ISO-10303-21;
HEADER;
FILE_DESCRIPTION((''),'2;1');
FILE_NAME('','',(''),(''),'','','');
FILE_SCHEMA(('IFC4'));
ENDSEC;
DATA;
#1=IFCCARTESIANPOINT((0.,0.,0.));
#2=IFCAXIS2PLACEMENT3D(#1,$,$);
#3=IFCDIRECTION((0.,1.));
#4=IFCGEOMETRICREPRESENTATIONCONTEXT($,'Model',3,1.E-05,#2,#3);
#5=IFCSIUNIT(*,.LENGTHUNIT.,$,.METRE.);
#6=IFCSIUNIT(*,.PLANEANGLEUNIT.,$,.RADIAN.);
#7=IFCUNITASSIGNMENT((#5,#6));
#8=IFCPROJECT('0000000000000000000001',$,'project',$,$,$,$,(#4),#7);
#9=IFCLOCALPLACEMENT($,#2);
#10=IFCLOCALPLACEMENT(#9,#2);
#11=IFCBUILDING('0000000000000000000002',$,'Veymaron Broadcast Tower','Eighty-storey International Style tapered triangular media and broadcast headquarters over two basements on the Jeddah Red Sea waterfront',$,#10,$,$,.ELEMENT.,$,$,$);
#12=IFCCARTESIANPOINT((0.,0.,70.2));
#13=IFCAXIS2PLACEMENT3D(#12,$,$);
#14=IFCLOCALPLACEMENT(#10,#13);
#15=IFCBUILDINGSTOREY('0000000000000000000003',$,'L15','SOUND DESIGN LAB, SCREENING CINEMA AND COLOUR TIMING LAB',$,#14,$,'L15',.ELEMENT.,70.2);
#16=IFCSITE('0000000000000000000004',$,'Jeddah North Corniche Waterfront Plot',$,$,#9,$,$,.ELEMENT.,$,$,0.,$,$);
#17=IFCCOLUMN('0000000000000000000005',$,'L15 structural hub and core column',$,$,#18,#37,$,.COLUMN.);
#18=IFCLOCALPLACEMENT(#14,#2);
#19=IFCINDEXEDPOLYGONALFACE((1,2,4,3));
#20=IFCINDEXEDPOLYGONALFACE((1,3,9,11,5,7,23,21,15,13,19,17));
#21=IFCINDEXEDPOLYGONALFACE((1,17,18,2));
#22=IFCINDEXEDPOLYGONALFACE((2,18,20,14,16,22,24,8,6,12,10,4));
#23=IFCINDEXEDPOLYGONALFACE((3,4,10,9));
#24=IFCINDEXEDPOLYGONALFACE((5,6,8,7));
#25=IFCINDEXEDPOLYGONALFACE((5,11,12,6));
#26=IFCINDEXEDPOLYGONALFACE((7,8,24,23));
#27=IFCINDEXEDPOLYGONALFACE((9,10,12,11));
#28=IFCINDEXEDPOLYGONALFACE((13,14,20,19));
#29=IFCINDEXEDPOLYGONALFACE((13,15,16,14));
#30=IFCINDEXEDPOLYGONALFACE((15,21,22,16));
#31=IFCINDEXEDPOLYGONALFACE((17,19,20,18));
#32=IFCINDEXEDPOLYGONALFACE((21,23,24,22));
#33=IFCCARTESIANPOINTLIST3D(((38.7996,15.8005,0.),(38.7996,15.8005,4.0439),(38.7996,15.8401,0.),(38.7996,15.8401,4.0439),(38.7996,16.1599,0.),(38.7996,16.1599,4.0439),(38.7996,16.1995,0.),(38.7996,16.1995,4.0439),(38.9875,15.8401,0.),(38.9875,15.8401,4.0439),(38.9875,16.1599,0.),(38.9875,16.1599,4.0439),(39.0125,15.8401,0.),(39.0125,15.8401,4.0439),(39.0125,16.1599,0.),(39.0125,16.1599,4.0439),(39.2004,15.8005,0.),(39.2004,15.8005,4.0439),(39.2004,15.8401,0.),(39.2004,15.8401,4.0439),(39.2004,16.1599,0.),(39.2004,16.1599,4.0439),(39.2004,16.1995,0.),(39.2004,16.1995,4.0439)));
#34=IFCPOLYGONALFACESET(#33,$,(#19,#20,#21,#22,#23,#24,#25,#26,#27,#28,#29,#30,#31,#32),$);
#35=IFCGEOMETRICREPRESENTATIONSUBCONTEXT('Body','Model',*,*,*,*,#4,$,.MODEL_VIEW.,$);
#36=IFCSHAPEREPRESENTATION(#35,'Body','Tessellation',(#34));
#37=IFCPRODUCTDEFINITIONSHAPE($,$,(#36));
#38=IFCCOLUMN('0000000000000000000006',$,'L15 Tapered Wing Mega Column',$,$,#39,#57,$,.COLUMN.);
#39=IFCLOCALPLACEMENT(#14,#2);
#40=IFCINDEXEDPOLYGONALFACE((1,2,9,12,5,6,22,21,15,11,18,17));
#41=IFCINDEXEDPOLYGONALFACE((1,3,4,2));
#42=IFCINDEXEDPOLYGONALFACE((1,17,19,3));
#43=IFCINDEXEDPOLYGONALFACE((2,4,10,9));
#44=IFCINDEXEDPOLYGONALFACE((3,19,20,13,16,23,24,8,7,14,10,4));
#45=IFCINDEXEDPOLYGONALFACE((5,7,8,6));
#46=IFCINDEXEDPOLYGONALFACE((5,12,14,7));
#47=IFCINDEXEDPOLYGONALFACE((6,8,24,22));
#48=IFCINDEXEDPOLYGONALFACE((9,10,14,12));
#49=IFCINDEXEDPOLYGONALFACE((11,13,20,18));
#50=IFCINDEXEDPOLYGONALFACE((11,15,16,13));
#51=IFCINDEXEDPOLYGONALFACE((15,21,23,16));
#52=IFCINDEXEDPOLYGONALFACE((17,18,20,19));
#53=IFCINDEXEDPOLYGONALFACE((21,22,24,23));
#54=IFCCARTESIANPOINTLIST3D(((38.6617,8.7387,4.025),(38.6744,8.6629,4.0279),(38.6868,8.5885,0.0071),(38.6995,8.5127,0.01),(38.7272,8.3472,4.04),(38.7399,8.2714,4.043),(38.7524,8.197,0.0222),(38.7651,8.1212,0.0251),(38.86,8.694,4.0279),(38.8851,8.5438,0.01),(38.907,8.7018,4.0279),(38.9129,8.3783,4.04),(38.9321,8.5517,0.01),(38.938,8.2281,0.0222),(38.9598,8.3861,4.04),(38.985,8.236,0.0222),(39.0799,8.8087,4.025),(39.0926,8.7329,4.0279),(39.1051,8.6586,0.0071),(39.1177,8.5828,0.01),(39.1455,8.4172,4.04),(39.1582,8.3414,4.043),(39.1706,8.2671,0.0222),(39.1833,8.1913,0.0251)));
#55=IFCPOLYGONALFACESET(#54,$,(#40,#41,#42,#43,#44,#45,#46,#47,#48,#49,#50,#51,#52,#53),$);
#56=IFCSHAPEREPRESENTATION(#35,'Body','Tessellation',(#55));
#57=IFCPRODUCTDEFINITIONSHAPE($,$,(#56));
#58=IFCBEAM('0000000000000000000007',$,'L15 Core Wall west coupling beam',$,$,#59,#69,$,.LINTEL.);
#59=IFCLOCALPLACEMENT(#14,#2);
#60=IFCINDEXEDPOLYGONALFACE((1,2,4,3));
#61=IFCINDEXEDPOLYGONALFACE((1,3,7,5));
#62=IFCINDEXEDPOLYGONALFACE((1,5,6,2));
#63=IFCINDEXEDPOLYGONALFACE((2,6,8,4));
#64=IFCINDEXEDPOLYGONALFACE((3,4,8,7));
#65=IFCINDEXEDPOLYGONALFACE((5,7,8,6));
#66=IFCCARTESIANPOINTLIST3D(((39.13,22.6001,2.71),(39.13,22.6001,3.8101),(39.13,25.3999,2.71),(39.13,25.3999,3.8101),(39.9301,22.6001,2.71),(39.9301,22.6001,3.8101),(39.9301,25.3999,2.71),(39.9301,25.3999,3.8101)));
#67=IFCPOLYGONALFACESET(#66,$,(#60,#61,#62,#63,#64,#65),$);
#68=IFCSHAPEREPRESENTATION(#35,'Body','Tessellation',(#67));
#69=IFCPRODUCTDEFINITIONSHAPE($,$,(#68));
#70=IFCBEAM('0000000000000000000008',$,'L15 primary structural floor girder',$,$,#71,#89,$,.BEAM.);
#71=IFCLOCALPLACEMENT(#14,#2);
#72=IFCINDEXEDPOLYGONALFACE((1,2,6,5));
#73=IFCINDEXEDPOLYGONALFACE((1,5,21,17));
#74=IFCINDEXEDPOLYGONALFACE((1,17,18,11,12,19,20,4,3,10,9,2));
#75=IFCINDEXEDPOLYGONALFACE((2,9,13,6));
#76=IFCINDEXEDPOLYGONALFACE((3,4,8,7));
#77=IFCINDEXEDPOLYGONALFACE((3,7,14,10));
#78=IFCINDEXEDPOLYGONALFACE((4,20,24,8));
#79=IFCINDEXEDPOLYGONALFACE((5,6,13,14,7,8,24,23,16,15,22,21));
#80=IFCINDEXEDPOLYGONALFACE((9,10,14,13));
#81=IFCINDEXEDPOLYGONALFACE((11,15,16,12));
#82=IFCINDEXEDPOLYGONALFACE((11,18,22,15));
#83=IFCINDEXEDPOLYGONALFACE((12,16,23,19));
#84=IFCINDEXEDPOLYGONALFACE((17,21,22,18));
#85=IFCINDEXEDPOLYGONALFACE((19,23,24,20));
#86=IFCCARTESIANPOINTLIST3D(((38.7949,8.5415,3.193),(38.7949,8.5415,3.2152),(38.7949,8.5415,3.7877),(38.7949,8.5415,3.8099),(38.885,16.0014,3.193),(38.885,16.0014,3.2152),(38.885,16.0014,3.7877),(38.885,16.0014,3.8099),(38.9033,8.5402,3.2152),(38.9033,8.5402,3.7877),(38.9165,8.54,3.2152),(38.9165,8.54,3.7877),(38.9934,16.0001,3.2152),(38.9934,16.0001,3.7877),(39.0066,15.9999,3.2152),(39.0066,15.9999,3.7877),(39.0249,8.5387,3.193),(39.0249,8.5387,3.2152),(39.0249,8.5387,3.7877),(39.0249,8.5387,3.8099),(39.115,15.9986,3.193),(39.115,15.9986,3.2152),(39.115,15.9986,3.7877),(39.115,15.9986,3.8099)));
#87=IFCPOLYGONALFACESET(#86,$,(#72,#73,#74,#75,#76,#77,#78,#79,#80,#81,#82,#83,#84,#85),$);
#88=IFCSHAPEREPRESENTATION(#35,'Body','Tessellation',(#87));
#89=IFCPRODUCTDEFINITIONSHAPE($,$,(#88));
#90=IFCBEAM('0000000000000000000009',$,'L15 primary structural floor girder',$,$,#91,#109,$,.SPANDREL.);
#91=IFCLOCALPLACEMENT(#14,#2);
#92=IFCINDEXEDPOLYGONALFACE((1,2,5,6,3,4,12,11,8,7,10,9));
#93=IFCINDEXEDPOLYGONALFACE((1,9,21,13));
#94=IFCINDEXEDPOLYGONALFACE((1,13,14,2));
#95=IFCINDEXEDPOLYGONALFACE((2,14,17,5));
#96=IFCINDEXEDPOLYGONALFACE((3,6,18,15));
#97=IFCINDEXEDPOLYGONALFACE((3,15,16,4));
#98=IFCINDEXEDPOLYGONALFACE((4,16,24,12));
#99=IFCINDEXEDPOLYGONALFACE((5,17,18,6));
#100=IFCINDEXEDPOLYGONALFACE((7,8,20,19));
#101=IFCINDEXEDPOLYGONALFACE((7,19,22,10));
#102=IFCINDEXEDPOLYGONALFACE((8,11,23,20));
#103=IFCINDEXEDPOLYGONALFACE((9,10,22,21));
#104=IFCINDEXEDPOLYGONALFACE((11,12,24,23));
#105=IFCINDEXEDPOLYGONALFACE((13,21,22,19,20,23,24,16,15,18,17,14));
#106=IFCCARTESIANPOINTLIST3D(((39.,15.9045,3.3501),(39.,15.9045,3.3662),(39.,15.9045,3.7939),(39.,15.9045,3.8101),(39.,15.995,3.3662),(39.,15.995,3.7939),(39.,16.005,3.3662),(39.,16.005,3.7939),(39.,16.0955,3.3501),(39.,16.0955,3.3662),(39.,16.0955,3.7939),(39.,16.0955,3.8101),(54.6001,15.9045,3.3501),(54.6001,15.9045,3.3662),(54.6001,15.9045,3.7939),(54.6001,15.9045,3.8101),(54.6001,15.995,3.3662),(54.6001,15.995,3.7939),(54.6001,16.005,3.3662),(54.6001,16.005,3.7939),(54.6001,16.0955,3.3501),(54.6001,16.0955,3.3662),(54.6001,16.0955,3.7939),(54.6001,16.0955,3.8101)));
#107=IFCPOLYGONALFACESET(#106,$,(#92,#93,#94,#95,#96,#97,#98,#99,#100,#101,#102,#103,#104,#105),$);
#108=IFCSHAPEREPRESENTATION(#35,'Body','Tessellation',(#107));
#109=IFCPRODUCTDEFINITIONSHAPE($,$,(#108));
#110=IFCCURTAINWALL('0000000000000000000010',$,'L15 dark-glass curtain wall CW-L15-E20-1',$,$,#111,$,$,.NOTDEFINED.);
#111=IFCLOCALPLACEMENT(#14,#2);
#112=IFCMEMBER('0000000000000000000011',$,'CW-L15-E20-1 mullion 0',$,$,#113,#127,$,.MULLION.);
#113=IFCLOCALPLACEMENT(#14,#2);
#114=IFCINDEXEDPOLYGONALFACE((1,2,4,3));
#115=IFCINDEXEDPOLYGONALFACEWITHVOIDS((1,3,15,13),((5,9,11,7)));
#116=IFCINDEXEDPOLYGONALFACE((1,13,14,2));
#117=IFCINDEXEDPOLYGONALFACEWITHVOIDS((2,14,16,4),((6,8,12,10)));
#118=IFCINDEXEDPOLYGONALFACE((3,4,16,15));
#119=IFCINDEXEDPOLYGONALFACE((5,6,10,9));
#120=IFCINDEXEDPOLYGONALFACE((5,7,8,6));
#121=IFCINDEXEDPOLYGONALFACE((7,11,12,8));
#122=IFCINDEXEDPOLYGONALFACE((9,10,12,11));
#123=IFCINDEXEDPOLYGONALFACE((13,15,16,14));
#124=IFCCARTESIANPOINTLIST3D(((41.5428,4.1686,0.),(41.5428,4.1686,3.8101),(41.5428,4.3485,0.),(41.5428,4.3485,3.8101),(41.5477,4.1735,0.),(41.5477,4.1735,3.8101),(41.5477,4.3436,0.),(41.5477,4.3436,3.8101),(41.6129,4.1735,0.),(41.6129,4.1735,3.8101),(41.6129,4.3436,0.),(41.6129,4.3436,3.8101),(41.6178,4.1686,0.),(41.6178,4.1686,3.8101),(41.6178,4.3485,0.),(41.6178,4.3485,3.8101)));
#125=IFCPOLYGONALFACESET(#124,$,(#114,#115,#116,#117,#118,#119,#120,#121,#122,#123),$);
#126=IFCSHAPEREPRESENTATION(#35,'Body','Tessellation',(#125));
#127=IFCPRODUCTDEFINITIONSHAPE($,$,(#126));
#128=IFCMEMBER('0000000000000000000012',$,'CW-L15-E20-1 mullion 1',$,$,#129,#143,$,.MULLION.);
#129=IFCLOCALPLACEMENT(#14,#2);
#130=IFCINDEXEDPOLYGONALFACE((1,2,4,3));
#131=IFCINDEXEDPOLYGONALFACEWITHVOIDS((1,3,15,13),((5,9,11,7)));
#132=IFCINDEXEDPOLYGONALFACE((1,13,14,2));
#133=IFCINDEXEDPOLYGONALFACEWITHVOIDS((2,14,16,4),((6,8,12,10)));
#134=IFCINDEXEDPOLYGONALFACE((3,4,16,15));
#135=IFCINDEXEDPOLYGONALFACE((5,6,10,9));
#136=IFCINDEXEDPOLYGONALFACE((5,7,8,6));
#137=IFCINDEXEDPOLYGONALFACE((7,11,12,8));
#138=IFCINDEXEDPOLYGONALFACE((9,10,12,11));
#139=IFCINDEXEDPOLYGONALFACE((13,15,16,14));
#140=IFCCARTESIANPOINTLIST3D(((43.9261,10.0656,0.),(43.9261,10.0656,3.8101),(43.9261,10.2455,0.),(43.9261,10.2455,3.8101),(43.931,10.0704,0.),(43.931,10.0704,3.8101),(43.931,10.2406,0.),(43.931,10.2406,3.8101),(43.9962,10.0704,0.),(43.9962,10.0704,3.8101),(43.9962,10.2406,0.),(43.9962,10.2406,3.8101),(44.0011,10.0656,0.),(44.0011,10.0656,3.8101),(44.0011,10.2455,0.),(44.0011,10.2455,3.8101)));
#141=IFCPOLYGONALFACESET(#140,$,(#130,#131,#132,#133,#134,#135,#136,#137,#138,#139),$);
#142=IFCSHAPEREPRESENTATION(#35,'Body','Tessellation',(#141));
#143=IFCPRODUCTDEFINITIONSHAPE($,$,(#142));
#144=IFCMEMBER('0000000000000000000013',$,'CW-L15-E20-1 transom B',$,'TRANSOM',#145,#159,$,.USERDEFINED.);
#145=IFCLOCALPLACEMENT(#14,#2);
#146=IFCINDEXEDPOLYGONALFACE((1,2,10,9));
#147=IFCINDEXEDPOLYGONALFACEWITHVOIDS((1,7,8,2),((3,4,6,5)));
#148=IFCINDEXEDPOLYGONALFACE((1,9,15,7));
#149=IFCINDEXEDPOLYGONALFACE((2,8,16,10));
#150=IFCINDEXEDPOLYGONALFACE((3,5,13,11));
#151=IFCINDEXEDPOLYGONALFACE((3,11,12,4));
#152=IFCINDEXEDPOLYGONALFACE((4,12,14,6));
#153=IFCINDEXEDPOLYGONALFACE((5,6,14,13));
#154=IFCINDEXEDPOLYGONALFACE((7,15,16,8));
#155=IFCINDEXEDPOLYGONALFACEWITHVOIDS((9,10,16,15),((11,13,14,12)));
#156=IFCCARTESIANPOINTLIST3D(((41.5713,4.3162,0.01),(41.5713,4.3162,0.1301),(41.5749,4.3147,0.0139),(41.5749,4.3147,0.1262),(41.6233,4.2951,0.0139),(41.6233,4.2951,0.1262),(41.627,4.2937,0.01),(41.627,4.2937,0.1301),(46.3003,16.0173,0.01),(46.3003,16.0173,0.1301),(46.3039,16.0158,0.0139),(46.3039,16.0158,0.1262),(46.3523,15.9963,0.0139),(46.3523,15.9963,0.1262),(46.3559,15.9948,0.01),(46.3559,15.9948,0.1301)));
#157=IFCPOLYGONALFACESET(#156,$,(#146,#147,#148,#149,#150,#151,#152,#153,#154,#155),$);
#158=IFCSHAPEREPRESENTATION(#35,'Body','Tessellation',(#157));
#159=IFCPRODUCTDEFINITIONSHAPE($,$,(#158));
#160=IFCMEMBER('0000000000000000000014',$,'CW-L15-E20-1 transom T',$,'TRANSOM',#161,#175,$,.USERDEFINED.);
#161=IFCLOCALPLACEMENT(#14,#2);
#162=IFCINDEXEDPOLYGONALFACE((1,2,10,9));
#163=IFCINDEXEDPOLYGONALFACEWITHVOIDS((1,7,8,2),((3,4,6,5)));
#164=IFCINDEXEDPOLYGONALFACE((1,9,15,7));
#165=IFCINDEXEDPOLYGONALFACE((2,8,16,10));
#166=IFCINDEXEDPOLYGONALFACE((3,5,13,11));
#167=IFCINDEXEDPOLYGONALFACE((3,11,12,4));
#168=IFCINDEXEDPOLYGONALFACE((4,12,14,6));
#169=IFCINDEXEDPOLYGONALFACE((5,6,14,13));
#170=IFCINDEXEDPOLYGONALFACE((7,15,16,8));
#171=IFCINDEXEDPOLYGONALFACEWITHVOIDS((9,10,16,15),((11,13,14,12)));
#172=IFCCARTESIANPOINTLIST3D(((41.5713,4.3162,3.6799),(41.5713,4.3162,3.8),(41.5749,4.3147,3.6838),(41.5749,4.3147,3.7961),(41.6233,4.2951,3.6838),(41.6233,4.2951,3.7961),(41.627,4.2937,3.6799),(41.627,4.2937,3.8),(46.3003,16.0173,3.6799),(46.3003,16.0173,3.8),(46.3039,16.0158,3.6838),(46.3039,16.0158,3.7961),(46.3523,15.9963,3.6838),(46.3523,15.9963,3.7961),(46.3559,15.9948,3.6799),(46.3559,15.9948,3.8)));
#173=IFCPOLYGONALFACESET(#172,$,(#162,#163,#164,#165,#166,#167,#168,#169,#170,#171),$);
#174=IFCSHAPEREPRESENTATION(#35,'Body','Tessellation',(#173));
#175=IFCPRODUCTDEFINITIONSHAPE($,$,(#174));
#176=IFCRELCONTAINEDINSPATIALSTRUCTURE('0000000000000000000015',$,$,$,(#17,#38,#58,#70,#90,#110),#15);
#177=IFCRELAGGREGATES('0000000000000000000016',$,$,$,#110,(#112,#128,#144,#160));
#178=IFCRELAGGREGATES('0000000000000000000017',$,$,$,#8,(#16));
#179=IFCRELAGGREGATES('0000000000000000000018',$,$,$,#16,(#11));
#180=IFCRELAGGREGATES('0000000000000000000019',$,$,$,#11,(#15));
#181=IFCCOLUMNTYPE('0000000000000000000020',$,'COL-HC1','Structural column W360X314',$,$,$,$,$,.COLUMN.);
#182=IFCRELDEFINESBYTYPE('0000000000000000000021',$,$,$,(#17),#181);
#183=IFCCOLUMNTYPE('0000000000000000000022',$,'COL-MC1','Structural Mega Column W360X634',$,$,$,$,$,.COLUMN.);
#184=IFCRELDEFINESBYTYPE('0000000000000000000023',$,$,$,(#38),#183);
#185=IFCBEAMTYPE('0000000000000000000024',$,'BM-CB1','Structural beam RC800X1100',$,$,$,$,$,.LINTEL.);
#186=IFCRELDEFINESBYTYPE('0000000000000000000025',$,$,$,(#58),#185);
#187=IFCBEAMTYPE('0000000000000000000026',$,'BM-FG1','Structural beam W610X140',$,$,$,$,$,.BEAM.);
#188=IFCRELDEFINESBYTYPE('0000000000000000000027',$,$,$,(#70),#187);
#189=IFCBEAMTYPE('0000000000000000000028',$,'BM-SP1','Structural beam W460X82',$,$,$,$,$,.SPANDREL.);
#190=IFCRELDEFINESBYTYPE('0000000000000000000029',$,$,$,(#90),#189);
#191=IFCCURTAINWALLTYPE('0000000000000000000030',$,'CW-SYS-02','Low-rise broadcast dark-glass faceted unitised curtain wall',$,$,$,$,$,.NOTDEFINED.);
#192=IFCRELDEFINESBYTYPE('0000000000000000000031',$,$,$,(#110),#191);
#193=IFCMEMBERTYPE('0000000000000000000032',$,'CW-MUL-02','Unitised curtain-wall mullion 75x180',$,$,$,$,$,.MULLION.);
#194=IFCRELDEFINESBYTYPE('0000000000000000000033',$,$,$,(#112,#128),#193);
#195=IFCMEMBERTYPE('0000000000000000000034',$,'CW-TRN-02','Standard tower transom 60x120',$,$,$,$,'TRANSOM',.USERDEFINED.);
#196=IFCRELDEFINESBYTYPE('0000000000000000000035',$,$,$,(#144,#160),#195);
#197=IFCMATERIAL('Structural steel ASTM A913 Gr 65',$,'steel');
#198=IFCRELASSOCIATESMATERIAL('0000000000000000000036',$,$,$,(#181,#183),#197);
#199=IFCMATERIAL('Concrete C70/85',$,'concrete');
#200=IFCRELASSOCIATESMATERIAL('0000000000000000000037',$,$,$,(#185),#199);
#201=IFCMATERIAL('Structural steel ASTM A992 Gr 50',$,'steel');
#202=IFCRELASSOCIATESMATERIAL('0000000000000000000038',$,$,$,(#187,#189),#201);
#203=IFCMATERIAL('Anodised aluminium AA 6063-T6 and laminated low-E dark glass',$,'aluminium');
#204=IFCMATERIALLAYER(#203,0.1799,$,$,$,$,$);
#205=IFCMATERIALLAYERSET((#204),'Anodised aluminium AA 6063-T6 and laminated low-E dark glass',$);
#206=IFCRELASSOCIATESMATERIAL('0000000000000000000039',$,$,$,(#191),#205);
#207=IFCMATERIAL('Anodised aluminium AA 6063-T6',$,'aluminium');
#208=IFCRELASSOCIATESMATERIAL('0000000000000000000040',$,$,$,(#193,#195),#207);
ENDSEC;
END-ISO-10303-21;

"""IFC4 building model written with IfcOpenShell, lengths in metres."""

from ifc_helpers import new_model, si_unit, direction, frame, origin, origin_2d, place, context, subcontext, project, spatial, rectangle, hollow_rectangle, i_section, extrude, material, layer, layer_set, material_profile, profile_set, type_object, element, aggregate, save


model = new_model("IFC4")

# Units and contexts
model_context = context("Model", 3, precision=1e-05, world=origin(), true_north=direction((0.0, 1.0)))
body_context = subcontext(model_context, "Body", "Model", "MODEL_VIEW")
ifc_project = project(units=[si_unit("LENGTHUNIT", "METRE"), si_unit("PLANEANGLEUNIT", "RADIAN")], contexts=[model_context])

# Site, building, storey
site_placement = place(None, origin())
site = spatial("IfcSite", under=ifc_project, at=site_placement, Name="Jeddah North Corniche Waterfront Plot", CompositionType="ELEMENT", RefElevation=0.0)
building_placement = place(site_placement, origin())
building = spatial("IfcBuilding", under=site, at=building_placement, Name="Veymaron Broadcast Tower", Description="Eighty-storey International Style tapered triangular media and broadcast headquarters over two basements on the Jeddah Red Sea waterfront", CompositionType="ELEMENT")
storey_placement = place(building_placement, frame((0.0, 0.0, 70.2)))
storey = spatial("IfcBuildingStorey", under=building, at=storey_placement, Name="L15", Description="SOUND DESIGN LAB, SCREENING CINEMA AND COLOUR TIMING LAB", LongName="L15", CompositionType="ELEMENT", Elevation=70.2)

# Columns
ifc_material_1 = material(Name="Structural steel ASTM A913 Gr 65", Category="steel")
ifc_material_profile_1 = material_profile(ifc_material_1, i_section(OverallWidth=0.4009, OverallDepth=0.3989, WebThickness=0.0249, FlangeThickness=0.0396, at=origin_2d()), Name="W360X314")
ifc_profile_set_1 = profile_set([ifc_material_profile_1], Name="Structural steel ASTM A913 Gr 65")
column_type_1 = type_object("IfcColumnType", Name="COL-HC1", Description="Structural column W360X314", PredefinedType="COLUMN", material=ifc_profile_set_1)
column_1_placement = place(storey_placement, frame((39.0, 16.0, 0.0), z_axis=(0.0, 0.0, 1.0), x_axis=(1.0, 0.0, 0.0)))
element("IfcColumn", 1, at=column_1_placement, inside=storey, type_object=column_type_1, Name="L15 structural hub and core column", PredefinedType="COLUMN", context=body_context, shape_type="SweptSolid", body=[
    extrude(i_section(OverallWidth=0.4009, OverallDepth=0.3989, WebThickness=0.0249, FlangeThickness=0.0396, at=origin_2d()), origin(), (0.0, 0.0, 1.0), 4.0439),
])
ifc_material_profile_2 = material_profile(ifc_material_1, i_section(OverallWidth=0.4241, OverallDepth=0.4741, WebThickness=0.0476, FlangeThickness=0.0769, at=origin_2d()), Name="W360X634")
ifc_profile_set_2 = profile_set([ifc_material_profile_2], Name="Structural steel ASTM A913 Gr 65")
column_type_2 = type_object("IfcColumnType", Name="COL-MC1", Description="Structural Mega Column W360X634", PredefinedType="COLUMN", material=ifc_profile_set_2)
column_2_placement = place(storey_placement, frame((38.9351, 8.3899, 0.0161), z_axis=(-0.006254, 0.037343, 0.999283), x_axis=(-0.986264, -0.165179, 0.0)))
element("IfcColumn", 2, at=column_2_placement, inside=storey, type_object=column_type_2, Name="L15 Tapered Wing Mega Column", PredefinedType="COLUMN", context=body_context, shape_type="SweptSolid", body=[
    extrude(i_section(OverallWidth=0.4241, OverallDepth=0.4741, WebThickness=0.0476, FlangeThickness=0.0769, at=origin_2d()), origin(), (0.0, 0.0, 1.0), 4.0208),
])

# Beams
ifc_material_2 = material(Name="Concrete C70/85", Category="concrete")
ifc_material_profile_3 = material_profile(ifc_material_2, rectangle(XDim=0.8, YDim=1.1001, at=origin_2d()), Name="RC800X1100")
ifc_profile_set_3 = profile_set([ifc_material_profile_3], Name="Concrete C70/85")
beam_type_1 = type_object("IfcBeamType", Name="BM-CB1", Description="Structural beam RC800X1100", PredefinedType="LINTEL", material=ifc_profile_set_3)
beam_1_placement = place(storey_placement, frame((39.53, 22.6001, 3.26), z_axis=(0.0, 1.0, 0.0), x_axis=(-1.0, 0.0, 0.0)))
element("IfcBeam", 3, at=beam_1_placement, inside=storey, type_object=beam_type_1, Name="L15 Core Wall west coupling beam", PredefinedType="LINTEL", context=body_context, shape_type="SweptSolid", body=[
    extrude(rectangle(XDim=0.8, YDim=1.1001, at=origin_2d()), origin(), (0.0, 0.0, 1.0), 2.7998),
])
ifc_material_3 = material(Name="Structural steel ASTM A992 Gr 50", Category="steel")
ifc_material_profile_4 = material_profile(ifc_material_3, i_section(OverallWidth=0.23, OverallDepth=0.6169, WebThickness=0.0132, FlangeThickness=0.0222, at=origin_2d()), Name="W610X140")
ifc_profile_set_4 = profile_set([ifc_material_profile_4], Name="Structural steel ASTM A992 Gr 50")
beam_type_2 = type_object("IfcBeamType", Name="BM-FG1", Description="Structural beam W610X140", PredefinedType="BEAM", material=ifc_profile_set_4)
beam_2_placement = place(storey_placement, frame((39.0, 16.0, 3.5015), z_axis=(-0.012075, -0.999927, 0.0), x_axis=(0.999927, -0.012075, 0.0)))
element("IfcBeam", 4, at=beam_2_placement, inside=storey, type_object=beam_type_2, Name="L15 primary structural floor girder", PredefinedType="BEAM", context=body_context, shape_type="SweptSolid", body=[
    extrude(i_section(OverallWidth=0.23, OverallDepth=0.6169, WebThickness=0.0132, FlangeThickness=0.0222, at=origin_2d()), origin(), (0.0, 0.0, 1.0), 7.4604),
])
ifc_material_profile_5 = material_profile(ifc_material_3, i_section(OverallWidth=0.1909, OverallDepth=0.46, WebThickness=0.01, FlangeThickness=0.0161, at=origin_2d()), Name="W460X82")
ifc_profile_set_5 = profile_set([ifc_material_profile_5], Name="Structural steel ASTM A992 Gr 50")
beam_type_3 = type_object("IfcBeamType", Name="BM-SP1", Description="Structural beam W460X82", PredefinedType="SPANDREL", material=ifc_profile_set_5)
beam_3_placement = place(storey_placement, frame((39.0, 16.0, 3.5801), z_axis=(1.0, 0.0, 0.0), x_axis=(0.0, 1.0, 0.0)))
element("IfcBeam", 5, at=beam_3_placement, inside=storey, type_object=beam_type_3, Name="L15 primary structural floor girder", PredefinedType="SPANDREL", context=body_context, shape_type="SweptSolid", body=[
    extrude(i_section(OverallWidth=0.1909, OverallDepth=0.46, WebThickness=0.01, FlangeThickness=0.0161, at=origin_2d()), origin(), (0.0, 0.0, 1.0), 15.6001),
])

# Curtain wall, members
ifc_material_4 = material(Name="Anodised aluminium AA 6063-T6 and laminated low-E dark glass", Category="aluminium")
ifc_layer_1 = layer(ifc_material_4, 0.1799)
ifc_layer_set_1 = layer_set([ifc_layer_1], Name="Anodised aluminium AA 6063-T6 and laminated low-E dark glass")
curtain_wall_type = type_object("IfcCurtainWallType", Name="CW-SYS-02", Description="Low-rise broadcast dark-glass faceted unitised curtain wall", PredefinedType="NOTDEFINED", material=ifc_layer_set_1)
curtain_wall_placement = place(storey_placement, origin())
curtain_wall = element("IfcCurtainWall", 6, at=curtain_wall_placement, inside=storey, type_object=curtain_wall_type, Name="L15 dark-glass curtain wall CW-L15-E20-1", PredefinedType="NOTDEFINED")
ifc_material_5 = material(Name="Anodised aluminium AA 6063-T6", Category="aluminium")
ifc_material_profile_6 = material_profile(ifc_material_5, hollow_rectangle(XDim=0.075, YDim=0.1799, WallThickness=0.0049, at=origin_2d()), Name="AL180X75X5")
ifc_profile_set_6 = profile_set([ifc_material_profile_6], Name="Anodised aluminium AA 6063-T6")
member_type_1 = type_object("IfcMemberType", Name="CW-MUL-02", Description="Unitised curtain-wall mullion 75x180", PredefinedType="MULLION", material=ifc_profile_set_6)
member_1_placement = place(storey_placement, frame((41.5803, 4.2585, 0.0), z_axis=(0.0, 0.0, 1.0), x_axis=(1.0, 0.0, 0.0)))
member_1 = element("IfcMember", 7, at=member_1_placement, type_object=member_type_1, Name="CW-L15-E20-1 mullion 0", PredefinedType="MULLION", context=body_context, shape_type="SweptSolid", body=[
    extrude(hollow_rectangle(XDim=0.075, YDim=0.1799, WallThickness=0.0049, at=origin_2d()), origin(), (0.0, 0.0, 1.0), 3.8101),
])
member_2_placement = place(storey_placement, frame((43.9636, 10.1555, 0.0), z_axis=(0.0, 0.0, 1.0), x_axis=(1.0, 0.0, 0.0)))
member_2 = element("IfcMember", 8, at=member_2_placement, type_object=member_type_1, Name="CW-L15-E20-1 mullion 1", PredefinedType="MULLION", context=body_context, shape_type="SweptSolid", body=[
    extrude(hollow_rectangle(XDim=0.075, YDim=0.1799, WallThickness=0.0049, at=origin_2d()), origin(), (0.0, 0.0, 1.0), 3.8101),
])
ifc_material_profile_7 = material_profile(ifc_material_5, hollow_rectangle(XDim=0.0601, YDim=0.1201, WallThickness=0.0039, at=origin_2d()), Name="AL120X60X4")
ifc_profile_set_7 = profile_set([ifc_material_profile_7], Name="Anodised aluminium AA 6063-T6")
member_type_2 = type_object("IfcMemberType", Name="CW-TRN-02", Description="Standard tower transom 60x120", ElementType="TRANSOM", PredefinedType="USERDEFINED", material=ifc_profile_set_7)
member_3_placement = place(storey_placement, frame((41.5991, 4.3049, 0.0701), z_axis=(0.374704, 0.927145, 0.0), x_axis=(-0.927145, 0.374704, 0.0)))
member_3 = element("IfcMember", 9, at=member_3_placement, type_object=member_type_2, Name="CW-L15-E20-1 transom B", ObjectType="TRANSOM", PredefinedType="USERDEFINED", context=body_context, shape_type="SweptSolid", body=[
    extrude(hollow_rectangle(XDim=0.0601, YDim=0.1201, WallThickness=0.0039, at=origin_2d()), origin(), (0.0, 0.0, 1.0), 12.6206),
])
member_4_placement = place(storey_placement, frame((41.5991, 4.3049, 3.74), z_axis=(0.374704, 0.927145, 0.0), x_axis=(-0.927145, 0.374704, 0.0)))
member_4 = element("IfcMember", 10, at=member_4_placement, type_object=member_type_2, Name="CW-L15-E20-1 transom T", ObjectType="TRANSOM", PredefinedType="USERDEFINED", context=body_context, shape_type="SweptSolid", body=[
    extrude(hollow_rectangle(XDim=0.0601, YDim=0.1201, WallThickness=0.0039, at=origin_2d()), origin(), (0.0, 0.0, 1.0), 12.6206),
])
aggregate(curtain_wall, [member_1, member_2, member_3, member_4])

save(model, "model.ifc")
